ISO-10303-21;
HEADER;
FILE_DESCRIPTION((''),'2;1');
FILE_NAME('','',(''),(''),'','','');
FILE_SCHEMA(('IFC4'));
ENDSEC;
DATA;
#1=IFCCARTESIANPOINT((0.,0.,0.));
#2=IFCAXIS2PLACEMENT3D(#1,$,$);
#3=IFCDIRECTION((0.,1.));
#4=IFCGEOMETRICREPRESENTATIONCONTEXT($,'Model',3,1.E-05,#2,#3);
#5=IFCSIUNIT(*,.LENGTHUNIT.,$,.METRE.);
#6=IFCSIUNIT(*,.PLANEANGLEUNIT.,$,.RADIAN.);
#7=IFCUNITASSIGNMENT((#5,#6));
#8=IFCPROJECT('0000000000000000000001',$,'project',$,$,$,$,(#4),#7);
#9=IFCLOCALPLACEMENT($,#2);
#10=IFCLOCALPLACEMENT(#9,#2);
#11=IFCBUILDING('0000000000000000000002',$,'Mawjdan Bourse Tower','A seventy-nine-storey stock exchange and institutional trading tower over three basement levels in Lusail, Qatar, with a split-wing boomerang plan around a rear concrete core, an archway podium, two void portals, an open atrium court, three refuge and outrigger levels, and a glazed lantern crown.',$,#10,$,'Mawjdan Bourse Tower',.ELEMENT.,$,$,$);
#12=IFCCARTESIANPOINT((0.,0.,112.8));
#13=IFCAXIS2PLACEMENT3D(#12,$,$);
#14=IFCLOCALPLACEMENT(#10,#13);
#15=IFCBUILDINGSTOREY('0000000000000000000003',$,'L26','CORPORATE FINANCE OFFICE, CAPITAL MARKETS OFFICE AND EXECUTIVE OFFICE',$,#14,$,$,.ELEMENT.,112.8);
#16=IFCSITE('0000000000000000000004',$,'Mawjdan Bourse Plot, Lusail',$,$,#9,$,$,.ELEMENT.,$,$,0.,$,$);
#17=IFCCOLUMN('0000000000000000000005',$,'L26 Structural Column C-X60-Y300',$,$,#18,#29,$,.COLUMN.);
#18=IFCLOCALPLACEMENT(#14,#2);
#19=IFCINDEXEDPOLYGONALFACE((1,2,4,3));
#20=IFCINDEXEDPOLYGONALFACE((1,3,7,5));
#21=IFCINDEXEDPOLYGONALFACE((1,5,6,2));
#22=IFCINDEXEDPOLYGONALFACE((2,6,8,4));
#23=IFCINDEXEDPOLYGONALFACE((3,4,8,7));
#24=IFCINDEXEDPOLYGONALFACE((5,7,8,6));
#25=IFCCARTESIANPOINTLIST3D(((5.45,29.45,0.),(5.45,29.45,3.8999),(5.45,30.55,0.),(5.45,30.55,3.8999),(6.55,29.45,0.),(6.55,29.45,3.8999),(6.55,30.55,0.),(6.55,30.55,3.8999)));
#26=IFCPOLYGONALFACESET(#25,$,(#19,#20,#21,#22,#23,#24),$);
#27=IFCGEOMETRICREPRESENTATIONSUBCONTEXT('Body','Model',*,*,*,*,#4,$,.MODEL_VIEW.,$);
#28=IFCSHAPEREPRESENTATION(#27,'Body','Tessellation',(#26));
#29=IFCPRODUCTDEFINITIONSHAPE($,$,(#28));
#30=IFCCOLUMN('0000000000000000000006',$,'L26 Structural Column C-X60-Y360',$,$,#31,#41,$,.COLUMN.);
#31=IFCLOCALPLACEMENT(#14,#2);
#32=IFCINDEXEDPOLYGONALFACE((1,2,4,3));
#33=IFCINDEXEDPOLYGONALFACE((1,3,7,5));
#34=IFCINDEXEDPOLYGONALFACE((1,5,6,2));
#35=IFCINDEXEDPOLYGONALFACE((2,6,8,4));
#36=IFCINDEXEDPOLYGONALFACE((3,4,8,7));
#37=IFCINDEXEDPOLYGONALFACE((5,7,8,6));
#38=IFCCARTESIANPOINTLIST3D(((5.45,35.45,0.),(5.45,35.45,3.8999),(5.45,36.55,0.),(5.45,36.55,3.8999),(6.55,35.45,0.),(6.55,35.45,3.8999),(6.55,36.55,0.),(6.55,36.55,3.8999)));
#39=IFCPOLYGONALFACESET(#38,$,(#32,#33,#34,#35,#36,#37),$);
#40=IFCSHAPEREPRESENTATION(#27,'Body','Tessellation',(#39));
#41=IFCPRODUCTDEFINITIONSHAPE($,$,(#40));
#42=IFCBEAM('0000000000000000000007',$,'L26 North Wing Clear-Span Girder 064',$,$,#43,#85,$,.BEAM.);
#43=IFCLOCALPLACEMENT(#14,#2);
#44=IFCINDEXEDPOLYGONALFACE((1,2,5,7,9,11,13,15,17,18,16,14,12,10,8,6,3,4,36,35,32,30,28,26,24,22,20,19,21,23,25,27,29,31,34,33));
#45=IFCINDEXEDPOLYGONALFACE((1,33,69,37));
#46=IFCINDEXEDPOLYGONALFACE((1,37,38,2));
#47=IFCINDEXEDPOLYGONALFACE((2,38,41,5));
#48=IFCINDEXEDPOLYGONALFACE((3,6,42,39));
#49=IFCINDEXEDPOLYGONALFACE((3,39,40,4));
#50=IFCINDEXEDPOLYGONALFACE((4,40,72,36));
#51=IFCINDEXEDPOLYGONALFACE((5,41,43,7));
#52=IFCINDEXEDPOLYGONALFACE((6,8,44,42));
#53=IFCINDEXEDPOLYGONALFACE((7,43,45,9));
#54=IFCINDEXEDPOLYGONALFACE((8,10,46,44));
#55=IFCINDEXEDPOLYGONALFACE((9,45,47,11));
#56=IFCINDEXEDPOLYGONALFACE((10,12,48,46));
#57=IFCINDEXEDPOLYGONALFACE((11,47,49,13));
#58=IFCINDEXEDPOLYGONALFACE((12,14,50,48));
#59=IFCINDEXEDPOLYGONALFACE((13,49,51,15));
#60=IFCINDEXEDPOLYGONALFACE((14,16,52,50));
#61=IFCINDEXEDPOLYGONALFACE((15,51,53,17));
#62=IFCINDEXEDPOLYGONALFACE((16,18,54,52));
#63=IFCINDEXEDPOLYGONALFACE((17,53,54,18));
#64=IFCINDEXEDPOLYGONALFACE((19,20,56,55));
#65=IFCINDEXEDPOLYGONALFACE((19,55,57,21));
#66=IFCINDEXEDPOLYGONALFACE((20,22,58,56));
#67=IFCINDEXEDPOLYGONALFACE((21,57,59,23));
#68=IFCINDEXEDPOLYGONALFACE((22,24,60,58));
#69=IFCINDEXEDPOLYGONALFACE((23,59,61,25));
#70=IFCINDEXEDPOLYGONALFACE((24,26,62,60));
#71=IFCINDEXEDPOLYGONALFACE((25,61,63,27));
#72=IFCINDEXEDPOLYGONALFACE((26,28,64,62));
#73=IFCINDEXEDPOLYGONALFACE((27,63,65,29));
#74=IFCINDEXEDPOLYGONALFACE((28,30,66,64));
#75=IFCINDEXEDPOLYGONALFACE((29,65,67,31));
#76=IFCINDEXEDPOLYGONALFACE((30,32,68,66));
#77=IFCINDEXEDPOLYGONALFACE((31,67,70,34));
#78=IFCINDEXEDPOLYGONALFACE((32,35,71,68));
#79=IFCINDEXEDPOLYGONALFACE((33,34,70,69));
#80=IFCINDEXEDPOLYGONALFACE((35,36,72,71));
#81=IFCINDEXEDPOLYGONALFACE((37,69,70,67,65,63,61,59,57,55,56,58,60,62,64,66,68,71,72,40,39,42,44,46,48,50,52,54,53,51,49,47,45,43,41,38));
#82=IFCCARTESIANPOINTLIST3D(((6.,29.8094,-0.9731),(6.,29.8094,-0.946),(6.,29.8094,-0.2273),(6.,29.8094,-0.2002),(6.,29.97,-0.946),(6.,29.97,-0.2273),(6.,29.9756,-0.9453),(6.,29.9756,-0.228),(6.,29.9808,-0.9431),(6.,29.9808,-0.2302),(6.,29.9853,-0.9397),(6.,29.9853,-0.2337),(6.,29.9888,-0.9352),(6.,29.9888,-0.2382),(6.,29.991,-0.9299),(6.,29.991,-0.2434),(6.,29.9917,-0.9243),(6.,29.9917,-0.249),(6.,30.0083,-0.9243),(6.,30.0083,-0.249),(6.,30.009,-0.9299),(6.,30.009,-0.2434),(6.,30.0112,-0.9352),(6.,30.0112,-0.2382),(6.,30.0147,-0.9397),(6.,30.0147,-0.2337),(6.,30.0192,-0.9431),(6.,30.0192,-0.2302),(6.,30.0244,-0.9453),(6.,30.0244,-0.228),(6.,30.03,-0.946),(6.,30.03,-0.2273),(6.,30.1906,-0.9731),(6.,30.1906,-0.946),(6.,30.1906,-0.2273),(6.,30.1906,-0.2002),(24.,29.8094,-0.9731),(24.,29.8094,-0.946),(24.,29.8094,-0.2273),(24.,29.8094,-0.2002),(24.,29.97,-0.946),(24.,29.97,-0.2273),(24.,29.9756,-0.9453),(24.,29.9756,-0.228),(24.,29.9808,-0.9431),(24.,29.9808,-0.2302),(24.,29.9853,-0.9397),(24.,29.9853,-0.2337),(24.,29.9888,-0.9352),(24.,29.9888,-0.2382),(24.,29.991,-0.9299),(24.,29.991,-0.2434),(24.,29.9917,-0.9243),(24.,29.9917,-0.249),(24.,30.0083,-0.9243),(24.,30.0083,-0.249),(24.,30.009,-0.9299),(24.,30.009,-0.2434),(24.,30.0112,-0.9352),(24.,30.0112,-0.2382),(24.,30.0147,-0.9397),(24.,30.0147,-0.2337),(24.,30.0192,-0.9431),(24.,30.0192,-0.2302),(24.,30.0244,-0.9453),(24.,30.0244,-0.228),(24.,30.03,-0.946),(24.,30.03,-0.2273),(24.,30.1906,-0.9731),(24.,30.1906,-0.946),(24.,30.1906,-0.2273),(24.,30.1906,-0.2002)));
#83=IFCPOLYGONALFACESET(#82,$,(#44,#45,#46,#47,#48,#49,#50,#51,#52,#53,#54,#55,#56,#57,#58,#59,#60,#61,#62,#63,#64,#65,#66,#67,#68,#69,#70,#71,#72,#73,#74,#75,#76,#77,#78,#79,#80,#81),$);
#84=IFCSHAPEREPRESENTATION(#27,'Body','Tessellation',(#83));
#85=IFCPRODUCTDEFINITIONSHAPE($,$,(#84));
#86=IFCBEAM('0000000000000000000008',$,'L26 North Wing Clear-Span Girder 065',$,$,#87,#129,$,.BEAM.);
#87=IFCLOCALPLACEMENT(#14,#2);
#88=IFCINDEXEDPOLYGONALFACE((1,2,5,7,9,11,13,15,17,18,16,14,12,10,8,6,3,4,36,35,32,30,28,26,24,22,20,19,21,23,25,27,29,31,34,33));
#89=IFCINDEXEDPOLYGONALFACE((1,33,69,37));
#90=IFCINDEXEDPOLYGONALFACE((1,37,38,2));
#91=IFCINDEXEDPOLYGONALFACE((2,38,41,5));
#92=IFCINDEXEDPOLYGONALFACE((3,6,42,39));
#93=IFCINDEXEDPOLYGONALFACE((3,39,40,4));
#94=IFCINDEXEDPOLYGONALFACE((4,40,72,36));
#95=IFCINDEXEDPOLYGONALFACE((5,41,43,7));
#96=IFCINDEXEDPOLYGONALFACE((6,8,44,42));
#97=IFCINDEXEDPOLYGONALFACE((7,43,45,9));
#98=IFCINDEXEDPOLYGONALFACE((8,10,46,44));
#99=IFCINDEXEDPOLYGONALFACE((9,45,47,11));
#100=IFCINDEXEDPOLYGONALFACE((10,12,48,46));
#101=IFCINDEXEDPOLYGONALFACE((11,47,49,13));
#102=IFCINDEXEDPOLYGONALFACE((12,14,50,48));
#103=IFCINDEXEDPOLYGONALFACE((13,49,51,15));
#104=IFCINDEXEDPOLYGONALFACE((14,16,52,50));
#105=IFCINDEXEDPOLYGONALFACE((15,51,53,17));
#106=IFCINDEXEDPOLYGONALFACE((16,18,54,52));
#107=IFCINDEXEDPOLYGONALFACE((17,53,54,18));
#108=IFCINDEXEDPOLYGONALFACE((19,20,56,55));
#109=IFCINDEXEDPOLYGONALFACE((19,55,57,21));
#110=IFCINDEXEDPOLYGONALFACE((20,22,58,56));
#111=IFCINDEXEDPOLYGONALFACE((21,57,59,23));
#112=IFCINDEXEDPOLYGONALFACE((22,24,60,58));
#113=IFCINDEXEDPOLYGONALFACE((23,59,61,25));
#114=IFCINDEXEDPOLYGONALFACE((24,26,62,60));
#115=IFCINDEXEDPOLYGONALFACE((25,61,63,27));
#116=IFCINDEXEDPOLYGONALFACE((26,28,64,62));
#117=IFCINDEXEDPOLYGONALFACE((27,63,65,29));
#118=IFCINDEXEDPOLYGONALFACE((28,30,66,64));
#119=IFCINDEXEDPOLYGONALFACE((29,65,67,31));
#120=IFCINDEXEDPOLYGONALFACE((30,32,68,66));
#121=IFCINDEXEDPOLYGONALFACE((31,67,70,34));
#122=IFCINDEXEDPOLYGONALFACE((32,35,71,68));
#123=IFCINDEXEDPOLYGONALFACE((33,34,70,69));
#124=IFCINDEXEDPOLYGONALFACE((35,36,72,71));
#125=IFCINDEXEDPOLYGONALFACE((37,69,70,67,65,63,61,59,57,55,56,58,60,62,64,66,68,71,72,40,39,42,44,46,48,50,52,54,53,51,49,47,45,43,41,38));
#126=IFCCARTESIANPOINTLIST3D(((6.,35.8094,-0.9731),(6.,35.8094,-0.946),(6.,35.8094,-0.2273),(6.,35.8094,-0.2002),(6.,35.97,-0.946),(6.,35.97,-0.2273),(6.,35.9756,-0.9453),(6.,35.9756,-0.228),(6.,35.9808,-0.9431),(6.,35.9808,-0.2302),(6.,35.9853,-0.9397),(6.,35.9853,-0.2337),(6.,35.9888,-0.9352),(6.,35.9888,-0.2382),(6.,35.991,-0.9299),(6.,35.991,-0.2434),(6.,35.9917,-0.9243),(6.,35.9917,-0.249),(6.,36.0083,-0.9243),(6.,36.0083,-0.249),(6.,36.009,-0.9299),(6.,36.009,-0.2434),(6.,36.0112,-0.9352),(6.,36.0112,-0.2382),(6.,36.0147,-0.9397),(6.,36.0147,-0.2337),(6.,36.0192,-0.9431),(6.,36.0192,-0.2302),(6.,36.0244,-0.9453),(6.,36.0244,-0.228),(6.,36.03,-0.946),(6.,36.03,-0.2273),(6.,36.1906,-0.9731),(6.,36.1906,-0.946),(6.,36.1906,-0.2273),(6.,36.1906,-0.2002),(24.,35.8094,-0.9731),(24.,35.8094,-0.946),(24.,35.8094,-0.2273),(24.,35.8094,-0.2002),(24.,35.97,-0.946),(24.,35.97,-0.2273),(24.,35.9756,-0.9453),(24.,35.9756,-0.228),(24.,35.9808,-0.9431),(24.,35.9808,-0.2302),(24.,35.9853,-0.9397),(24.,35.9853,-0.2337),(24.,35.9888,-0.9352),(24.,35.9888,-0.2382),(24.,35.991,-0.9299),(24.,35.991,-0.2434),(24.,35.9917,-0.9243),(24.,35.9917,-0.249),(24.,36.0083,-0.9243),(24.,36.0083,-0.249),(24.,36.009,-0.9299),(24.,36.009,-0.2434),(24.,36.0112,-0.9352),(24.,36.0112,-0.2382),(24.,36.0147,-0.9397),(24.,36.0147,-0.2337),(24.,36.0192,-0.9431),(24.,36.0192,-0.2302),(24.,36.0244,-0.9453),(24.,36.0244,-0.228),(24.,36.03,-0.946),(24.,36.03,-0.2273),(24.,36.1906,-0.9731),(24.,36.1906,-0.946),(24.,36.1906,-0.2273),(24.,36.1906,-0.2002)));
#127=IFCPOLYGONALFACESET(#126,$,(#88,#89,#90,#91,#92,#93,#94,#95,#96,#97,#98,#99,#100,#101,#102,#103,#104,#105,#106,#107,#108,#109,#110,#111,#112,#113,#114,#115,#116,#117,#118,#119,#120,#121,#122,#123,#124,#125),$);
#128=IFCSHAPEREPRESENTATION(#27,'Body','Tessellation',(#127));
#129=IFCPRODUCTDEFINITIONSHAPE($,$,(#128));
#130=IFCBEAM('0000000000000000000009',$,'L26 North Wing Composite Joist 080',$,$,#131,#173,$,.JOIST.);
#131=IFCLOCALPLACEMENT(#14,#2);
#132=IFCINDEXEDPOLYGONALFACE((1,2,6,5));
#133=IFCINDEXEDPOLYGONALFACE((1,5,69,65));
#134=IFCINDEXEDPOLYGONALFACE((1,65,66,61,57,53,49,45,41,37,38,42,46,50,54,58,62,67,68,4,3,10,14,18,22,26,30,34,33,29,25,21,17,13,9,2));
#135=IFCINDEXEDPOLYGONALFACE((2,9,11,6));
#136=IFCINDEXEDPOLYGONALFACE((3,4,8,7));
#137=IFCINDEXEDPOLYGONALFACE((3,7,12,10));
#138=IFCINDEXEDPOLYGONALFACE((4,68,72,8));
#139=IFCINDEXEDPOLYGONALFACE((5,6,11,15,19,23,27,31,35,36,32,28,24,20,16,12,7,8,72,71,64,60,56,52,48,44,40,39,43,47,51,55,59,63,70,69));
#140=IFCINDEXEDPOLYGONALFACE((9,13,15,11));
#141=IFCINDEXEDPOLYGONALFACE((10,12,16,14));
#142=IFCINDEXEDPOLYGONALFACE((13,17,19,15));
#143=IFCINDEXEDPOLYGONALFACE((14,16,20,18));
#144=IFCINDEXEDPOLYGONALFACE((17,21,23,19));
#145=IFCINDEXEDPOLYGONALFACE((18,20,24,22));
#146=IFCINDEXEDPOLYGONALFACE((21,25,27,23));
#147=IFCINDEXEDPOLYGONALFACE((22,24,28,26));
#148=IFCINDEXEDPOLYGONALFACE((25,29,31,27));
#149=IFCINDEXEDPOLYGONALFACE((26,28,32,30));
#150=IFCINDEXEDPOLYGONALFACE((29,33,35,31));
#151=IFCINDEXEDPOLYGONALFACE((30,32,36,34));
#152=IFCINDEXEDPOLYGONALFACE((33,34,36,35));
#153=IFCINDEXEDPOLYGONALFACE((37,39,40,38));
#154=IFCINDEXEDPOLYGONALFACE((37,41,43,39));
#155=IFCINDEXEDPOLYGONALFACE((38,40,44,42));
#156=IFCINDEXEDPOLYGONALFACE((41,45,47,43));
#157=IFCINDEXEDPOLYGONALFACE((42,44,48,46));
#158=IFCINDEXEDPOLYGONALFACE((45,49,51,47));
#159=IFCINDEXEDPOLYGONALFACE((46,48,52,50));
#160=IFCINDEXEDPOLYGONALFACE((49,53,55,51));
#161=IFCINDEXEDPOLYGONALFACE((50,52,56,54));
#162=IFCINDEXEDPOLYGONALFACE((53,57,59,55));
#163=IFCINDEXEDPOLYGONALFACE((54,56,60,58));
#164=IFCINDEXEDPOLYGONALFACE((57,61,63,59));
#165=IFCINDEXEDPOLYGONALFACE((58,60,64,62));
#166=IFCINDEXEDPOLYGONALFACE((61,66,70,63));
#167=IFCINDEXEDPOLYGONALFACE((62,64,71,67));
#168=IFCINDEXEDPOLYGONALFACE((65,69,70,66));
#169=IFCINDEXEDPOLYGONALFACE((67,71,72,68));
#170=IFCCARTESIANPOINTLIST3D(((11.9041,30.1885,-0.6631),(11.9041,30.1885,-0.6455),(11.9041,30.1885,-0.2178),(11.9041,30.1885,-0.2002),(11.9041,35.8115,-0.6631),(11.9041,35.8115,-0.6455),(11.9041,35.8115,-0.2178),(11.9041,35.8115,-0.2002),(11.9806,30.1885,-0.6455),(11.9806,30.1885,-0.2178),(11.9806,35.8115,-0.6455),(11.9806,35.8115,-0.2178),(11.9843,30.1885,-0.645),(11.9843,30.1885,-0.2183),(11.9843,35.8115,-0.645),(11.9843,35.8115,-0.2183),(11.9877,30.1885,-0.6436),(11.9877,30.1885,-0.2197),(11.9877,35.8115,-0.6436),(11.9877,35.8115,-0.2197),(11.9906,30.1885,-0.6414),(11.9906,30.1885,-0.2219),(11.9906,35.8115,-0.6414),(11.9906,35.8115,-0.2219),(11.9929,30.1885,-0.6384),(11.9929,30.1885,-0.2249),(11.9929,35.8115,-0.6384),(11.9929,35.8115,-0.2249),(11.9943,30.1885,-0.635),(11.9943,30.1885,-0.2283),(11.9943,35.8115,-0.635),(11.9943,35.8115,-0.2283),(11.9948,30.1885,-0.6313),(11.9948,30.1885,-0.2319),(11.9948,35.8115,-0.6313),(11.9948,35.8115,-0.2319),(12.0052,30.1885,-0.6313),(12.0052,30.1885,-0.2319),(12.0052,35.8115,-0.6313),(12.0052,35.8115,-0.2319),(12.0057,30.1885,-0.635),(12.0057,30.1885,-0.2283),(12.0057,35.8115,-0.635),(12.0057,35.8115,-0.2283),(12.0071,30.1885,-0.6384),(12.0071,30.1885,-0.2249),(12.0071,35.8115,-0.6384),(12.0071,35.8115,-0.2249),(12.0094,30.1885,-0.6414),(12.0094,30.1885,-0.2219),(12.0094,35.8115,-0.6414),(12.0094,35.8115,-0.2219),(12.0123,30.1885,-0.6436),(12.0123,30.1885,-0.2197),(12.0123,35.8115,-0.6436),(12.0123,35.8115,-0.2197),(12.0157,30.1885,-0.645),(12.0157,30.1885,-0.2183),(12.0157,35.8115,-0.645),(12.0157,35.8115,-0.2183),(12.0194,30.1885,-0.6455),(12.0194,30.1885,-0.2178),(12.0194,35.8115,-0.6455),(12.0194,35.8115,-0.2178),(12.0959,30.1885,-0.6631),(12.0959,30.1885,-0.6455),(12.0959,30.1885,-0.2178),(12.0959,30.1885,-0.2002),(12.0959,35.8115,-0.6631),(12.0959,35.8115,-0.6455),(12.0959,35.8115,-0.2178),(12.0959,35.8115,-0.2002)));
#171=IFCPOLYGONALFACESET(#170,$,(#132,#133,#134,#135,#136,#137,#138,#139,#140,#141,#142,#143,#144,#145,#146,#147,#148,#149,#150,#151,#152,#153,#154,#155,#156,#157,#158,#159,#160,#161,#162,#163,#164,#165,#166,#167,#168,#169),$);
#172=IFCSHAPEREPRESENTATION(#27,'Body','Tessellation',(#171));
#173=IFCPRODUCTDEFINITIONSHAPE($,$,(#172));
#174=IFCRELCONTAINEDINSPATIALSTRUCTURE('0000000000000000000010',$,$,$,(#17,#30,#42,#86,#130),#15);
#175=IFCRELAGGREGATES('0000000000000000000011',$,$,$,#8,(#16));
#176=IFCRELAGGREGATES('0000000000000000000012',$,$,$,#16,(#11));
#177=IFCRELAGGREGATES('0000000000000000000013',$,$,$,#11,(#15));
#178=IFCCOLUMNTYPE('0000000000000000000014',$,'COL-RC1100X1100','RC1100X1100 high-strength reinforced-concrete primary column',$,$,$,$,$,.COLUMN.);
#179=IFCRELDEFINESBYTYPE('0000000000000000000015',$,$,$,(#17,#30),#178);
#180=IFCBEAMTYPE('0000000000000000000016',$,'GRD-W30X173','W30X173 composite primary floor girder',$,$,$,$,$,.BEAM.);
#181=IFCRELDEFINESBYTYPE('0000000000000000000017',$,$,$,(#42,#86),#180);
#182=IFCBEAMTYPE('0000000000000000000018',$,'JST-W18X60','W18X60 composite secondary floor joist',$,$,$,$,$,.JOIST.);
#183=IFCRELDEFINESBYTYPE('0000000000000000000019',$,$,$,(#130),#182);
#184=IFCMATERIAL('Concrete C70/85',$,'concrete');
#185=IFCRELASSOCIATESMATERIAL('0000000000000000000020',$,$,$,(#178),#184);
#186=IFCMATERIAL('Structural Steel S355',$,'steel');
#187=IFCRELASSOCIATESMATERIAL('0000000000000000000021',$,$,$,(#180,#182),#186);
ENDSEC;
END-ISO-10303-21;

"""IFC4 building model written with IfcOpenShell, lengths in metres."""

from ifc_helpers import new_model, si_unit, direction, frame, origin, origin_2d, place, context, subcontext, project, spatial, rectangle, i_section, extrude, material, material_profile, profile_set, type_object, element, save


model = new_model("IFC4")

# Units and contexts
model_context = context("Model", 3, precision=1e-05, world=origin(), true_north=direction((0.0, 1.0)))
body_context = subcontext(model_context, "Body", "Model", "MODEL_VIEW")
ifc_project = project(units=[si_unit("LENGTHUNIT", "METRE"), si_unit("PLANEANGLEUNIT", "RADIAN")], contexts=[model_context])

# Site, building, storey
site_placement = place(None, origin())
site = spatial("IfcSite", under=ifc_project, at=site_placement, Name="Mawjdan Bourse Plot, Lusail", CompositionType="ELEMENT", RefElevation=0.0)
building_placement = place(site_placement, origin())
building = spatial("IfcBuilding", under=site, at=building_placement, Name="Mawjdan Bourse Tower", Description="A seventy-nine-storey stock exchange and institutional trading tower over three basement levels in Lusail, Qatar, with a split-wing boomerang plan around a rear concrete core, an archway podium, two void portals, an open atrium court, three refuge and outrigger levels, and a glazed lantern crown.", LongName="Mawjdan Bourse Tower", CompositionType="ELEMENT")
storey_placement = place(building_placement, frame((0.0, 0.0, 112.8)))
storey = spatial("IfcBuildingStorey", under=building, at=storey_placement, Name="L26", Description="CORPORATE FINANCE OFFICE, CAPITAL MARKETS OFFICE AND EXECUTIVE OFFICE", CompositionType="ELEMENT", Elevation=112.8)

# Columns
ifc_material_1 = material(Name="Concrete C70/85", Category="concrete")
ifc_material_profile_1 = material_profile(ifc_material_1, rectangle(XDim=1.1001, YDim=1.1001, at=origin_2d()), Name="RC1100X1100")
ifc_profile_set_1 = profile_set([ifc_material_profile_1], Name="Concrete C70/85")
column_type = type_object("IfcColumnType", Name="COL-RC1100X1100", Description="RC1100X1100 high-strength reinforced-concrete primary column", PredefinedType="COLUMN", material=ifc_profile_set_1)
for number, where, z_axis, x_axis, name in (
    (1, (6.0, 30.0, 0.0), (0.0, 0.0, 1.0), (1.0, 0.0, 0.0), "L26 Structural Column C-X60-Y300"),
    (2, (6.0, 36.0, 0.0), (0.0, 0.0, 1.0), (1.0, 0.0, 0.0), "L26 Structural Column C-X60-Y360"),
):
    element("IfcColumn", number, at=place(storey_placement, frame(where, z_axis=z_axis, x_axis=x_axis)), inside=storey, type_object=column_type, Name=name, PredefinedType="COLUMN", context=body_context, shape_type="SweptSolid", body=[
        extrude(rectangle(XDim=1.1001, YDim=1.1001, at=origin_2d()), origin(), (0.0, 0.0, 1.0), 3.8999),
    ])

# Beams
ifc_material_2 = material(Name="Structural Steel S355", Category="steel")
ifc_material_profile_2 = material_profile(ifc_material_2, i_section(OverallWidth=0.3811, OverallDepth=0.7729, WebThickness=0.0166, FlangeThickness=0.0271, FilletRadius=0.0217, at=origin_2d()), Name="W30X173")
ifc_profile_set_2 = profile_set([ifc_material_profile_2], Name="Structural Steel S355")
beam_type_1 = type_object("IfcBeamType", Name="GRD-W30X173", Description="W30X173 composite primary floor girder", PredefinedType="BEAM", material=ifc_profile_set_2)
for number, where, z_axis, x_axis, name in (
    (3, (6.0, 30.0, -0.5867), (1.0, 0.0, 0.0), (0.0, 1.0, 0.0), "L26 North Wing Clear-Span Girder 064"),
    (4, (6.0, 36.0, -0.5867), (1.0, 0.0, 0.0), (0.0, 1.0, 0.0), "L26 North Wing Clear-Span Girder 065"),
):
    element("IfcBeam", number, at=place(storey_placement, frame(where, z_axis=z_axis, x_axis=x_axis)), inside=storey, type_object=beam_type_1, Name=name, PredefinedType="BEAM", context=body_context, shape_type="SweptSolid", body=[
        extrude(i_section(OverallWidth=0.3811, OverallDepth=0.7729, WebThickness=0.0166, FlangeThickness=0.0271, FilletRadius=0.0217, at=origin_2d()), origin(), (0.0, 0.0, 1.0), 18.0),
    ])
ifc_material_profile_3 = material_profile(ifc_material_2, i_section(OverallWidth=0.1919, OverallDepth=0.4629, WebThickness=0.0105, FlangeThickness=0.0176, FilletRadius=0.0142, at=origin_2d()), Name="W18X60")
ifc_profile_set_3 = profile_set([ifc_material_profile_3], Name="Structural Steel S355")
beam_type_2 = type_object("IfcBeamType", Name="JST-W18X60", Description="W18X60 composite secondary floor joist", PredefinedType="JOIST", material=ifc_profile_set_3)
for number, where, z_axis, x_axis, name in (
    (5, (12.0, 30.1885, -0.4316), (0.0, 1.0, 0.0), (-1.0, 0.0, 0.0), "L26 North Wing Composite Joist 080"),
):
    element("IfcBeam", number, at=place(storey_placement, frame(where, z_axis=z_axis, x_axis=x_axis)), inside=storey, type_object=beam_type_2, Name=name, PredefinedType="JOIST", context=body_context, shape_type="SweptSolid", body=[
        extrude(i_section(OverallWidth=0.1919, OverallDepth=0.4629, WebThickness=0.0105, FlangeThickness=0.0176, FilletRadius=0.0142, at=origin_2d()), origin(), (0.0, 0.0, 1.0), 5.623),
    ])

save(model, "model.ifc")
